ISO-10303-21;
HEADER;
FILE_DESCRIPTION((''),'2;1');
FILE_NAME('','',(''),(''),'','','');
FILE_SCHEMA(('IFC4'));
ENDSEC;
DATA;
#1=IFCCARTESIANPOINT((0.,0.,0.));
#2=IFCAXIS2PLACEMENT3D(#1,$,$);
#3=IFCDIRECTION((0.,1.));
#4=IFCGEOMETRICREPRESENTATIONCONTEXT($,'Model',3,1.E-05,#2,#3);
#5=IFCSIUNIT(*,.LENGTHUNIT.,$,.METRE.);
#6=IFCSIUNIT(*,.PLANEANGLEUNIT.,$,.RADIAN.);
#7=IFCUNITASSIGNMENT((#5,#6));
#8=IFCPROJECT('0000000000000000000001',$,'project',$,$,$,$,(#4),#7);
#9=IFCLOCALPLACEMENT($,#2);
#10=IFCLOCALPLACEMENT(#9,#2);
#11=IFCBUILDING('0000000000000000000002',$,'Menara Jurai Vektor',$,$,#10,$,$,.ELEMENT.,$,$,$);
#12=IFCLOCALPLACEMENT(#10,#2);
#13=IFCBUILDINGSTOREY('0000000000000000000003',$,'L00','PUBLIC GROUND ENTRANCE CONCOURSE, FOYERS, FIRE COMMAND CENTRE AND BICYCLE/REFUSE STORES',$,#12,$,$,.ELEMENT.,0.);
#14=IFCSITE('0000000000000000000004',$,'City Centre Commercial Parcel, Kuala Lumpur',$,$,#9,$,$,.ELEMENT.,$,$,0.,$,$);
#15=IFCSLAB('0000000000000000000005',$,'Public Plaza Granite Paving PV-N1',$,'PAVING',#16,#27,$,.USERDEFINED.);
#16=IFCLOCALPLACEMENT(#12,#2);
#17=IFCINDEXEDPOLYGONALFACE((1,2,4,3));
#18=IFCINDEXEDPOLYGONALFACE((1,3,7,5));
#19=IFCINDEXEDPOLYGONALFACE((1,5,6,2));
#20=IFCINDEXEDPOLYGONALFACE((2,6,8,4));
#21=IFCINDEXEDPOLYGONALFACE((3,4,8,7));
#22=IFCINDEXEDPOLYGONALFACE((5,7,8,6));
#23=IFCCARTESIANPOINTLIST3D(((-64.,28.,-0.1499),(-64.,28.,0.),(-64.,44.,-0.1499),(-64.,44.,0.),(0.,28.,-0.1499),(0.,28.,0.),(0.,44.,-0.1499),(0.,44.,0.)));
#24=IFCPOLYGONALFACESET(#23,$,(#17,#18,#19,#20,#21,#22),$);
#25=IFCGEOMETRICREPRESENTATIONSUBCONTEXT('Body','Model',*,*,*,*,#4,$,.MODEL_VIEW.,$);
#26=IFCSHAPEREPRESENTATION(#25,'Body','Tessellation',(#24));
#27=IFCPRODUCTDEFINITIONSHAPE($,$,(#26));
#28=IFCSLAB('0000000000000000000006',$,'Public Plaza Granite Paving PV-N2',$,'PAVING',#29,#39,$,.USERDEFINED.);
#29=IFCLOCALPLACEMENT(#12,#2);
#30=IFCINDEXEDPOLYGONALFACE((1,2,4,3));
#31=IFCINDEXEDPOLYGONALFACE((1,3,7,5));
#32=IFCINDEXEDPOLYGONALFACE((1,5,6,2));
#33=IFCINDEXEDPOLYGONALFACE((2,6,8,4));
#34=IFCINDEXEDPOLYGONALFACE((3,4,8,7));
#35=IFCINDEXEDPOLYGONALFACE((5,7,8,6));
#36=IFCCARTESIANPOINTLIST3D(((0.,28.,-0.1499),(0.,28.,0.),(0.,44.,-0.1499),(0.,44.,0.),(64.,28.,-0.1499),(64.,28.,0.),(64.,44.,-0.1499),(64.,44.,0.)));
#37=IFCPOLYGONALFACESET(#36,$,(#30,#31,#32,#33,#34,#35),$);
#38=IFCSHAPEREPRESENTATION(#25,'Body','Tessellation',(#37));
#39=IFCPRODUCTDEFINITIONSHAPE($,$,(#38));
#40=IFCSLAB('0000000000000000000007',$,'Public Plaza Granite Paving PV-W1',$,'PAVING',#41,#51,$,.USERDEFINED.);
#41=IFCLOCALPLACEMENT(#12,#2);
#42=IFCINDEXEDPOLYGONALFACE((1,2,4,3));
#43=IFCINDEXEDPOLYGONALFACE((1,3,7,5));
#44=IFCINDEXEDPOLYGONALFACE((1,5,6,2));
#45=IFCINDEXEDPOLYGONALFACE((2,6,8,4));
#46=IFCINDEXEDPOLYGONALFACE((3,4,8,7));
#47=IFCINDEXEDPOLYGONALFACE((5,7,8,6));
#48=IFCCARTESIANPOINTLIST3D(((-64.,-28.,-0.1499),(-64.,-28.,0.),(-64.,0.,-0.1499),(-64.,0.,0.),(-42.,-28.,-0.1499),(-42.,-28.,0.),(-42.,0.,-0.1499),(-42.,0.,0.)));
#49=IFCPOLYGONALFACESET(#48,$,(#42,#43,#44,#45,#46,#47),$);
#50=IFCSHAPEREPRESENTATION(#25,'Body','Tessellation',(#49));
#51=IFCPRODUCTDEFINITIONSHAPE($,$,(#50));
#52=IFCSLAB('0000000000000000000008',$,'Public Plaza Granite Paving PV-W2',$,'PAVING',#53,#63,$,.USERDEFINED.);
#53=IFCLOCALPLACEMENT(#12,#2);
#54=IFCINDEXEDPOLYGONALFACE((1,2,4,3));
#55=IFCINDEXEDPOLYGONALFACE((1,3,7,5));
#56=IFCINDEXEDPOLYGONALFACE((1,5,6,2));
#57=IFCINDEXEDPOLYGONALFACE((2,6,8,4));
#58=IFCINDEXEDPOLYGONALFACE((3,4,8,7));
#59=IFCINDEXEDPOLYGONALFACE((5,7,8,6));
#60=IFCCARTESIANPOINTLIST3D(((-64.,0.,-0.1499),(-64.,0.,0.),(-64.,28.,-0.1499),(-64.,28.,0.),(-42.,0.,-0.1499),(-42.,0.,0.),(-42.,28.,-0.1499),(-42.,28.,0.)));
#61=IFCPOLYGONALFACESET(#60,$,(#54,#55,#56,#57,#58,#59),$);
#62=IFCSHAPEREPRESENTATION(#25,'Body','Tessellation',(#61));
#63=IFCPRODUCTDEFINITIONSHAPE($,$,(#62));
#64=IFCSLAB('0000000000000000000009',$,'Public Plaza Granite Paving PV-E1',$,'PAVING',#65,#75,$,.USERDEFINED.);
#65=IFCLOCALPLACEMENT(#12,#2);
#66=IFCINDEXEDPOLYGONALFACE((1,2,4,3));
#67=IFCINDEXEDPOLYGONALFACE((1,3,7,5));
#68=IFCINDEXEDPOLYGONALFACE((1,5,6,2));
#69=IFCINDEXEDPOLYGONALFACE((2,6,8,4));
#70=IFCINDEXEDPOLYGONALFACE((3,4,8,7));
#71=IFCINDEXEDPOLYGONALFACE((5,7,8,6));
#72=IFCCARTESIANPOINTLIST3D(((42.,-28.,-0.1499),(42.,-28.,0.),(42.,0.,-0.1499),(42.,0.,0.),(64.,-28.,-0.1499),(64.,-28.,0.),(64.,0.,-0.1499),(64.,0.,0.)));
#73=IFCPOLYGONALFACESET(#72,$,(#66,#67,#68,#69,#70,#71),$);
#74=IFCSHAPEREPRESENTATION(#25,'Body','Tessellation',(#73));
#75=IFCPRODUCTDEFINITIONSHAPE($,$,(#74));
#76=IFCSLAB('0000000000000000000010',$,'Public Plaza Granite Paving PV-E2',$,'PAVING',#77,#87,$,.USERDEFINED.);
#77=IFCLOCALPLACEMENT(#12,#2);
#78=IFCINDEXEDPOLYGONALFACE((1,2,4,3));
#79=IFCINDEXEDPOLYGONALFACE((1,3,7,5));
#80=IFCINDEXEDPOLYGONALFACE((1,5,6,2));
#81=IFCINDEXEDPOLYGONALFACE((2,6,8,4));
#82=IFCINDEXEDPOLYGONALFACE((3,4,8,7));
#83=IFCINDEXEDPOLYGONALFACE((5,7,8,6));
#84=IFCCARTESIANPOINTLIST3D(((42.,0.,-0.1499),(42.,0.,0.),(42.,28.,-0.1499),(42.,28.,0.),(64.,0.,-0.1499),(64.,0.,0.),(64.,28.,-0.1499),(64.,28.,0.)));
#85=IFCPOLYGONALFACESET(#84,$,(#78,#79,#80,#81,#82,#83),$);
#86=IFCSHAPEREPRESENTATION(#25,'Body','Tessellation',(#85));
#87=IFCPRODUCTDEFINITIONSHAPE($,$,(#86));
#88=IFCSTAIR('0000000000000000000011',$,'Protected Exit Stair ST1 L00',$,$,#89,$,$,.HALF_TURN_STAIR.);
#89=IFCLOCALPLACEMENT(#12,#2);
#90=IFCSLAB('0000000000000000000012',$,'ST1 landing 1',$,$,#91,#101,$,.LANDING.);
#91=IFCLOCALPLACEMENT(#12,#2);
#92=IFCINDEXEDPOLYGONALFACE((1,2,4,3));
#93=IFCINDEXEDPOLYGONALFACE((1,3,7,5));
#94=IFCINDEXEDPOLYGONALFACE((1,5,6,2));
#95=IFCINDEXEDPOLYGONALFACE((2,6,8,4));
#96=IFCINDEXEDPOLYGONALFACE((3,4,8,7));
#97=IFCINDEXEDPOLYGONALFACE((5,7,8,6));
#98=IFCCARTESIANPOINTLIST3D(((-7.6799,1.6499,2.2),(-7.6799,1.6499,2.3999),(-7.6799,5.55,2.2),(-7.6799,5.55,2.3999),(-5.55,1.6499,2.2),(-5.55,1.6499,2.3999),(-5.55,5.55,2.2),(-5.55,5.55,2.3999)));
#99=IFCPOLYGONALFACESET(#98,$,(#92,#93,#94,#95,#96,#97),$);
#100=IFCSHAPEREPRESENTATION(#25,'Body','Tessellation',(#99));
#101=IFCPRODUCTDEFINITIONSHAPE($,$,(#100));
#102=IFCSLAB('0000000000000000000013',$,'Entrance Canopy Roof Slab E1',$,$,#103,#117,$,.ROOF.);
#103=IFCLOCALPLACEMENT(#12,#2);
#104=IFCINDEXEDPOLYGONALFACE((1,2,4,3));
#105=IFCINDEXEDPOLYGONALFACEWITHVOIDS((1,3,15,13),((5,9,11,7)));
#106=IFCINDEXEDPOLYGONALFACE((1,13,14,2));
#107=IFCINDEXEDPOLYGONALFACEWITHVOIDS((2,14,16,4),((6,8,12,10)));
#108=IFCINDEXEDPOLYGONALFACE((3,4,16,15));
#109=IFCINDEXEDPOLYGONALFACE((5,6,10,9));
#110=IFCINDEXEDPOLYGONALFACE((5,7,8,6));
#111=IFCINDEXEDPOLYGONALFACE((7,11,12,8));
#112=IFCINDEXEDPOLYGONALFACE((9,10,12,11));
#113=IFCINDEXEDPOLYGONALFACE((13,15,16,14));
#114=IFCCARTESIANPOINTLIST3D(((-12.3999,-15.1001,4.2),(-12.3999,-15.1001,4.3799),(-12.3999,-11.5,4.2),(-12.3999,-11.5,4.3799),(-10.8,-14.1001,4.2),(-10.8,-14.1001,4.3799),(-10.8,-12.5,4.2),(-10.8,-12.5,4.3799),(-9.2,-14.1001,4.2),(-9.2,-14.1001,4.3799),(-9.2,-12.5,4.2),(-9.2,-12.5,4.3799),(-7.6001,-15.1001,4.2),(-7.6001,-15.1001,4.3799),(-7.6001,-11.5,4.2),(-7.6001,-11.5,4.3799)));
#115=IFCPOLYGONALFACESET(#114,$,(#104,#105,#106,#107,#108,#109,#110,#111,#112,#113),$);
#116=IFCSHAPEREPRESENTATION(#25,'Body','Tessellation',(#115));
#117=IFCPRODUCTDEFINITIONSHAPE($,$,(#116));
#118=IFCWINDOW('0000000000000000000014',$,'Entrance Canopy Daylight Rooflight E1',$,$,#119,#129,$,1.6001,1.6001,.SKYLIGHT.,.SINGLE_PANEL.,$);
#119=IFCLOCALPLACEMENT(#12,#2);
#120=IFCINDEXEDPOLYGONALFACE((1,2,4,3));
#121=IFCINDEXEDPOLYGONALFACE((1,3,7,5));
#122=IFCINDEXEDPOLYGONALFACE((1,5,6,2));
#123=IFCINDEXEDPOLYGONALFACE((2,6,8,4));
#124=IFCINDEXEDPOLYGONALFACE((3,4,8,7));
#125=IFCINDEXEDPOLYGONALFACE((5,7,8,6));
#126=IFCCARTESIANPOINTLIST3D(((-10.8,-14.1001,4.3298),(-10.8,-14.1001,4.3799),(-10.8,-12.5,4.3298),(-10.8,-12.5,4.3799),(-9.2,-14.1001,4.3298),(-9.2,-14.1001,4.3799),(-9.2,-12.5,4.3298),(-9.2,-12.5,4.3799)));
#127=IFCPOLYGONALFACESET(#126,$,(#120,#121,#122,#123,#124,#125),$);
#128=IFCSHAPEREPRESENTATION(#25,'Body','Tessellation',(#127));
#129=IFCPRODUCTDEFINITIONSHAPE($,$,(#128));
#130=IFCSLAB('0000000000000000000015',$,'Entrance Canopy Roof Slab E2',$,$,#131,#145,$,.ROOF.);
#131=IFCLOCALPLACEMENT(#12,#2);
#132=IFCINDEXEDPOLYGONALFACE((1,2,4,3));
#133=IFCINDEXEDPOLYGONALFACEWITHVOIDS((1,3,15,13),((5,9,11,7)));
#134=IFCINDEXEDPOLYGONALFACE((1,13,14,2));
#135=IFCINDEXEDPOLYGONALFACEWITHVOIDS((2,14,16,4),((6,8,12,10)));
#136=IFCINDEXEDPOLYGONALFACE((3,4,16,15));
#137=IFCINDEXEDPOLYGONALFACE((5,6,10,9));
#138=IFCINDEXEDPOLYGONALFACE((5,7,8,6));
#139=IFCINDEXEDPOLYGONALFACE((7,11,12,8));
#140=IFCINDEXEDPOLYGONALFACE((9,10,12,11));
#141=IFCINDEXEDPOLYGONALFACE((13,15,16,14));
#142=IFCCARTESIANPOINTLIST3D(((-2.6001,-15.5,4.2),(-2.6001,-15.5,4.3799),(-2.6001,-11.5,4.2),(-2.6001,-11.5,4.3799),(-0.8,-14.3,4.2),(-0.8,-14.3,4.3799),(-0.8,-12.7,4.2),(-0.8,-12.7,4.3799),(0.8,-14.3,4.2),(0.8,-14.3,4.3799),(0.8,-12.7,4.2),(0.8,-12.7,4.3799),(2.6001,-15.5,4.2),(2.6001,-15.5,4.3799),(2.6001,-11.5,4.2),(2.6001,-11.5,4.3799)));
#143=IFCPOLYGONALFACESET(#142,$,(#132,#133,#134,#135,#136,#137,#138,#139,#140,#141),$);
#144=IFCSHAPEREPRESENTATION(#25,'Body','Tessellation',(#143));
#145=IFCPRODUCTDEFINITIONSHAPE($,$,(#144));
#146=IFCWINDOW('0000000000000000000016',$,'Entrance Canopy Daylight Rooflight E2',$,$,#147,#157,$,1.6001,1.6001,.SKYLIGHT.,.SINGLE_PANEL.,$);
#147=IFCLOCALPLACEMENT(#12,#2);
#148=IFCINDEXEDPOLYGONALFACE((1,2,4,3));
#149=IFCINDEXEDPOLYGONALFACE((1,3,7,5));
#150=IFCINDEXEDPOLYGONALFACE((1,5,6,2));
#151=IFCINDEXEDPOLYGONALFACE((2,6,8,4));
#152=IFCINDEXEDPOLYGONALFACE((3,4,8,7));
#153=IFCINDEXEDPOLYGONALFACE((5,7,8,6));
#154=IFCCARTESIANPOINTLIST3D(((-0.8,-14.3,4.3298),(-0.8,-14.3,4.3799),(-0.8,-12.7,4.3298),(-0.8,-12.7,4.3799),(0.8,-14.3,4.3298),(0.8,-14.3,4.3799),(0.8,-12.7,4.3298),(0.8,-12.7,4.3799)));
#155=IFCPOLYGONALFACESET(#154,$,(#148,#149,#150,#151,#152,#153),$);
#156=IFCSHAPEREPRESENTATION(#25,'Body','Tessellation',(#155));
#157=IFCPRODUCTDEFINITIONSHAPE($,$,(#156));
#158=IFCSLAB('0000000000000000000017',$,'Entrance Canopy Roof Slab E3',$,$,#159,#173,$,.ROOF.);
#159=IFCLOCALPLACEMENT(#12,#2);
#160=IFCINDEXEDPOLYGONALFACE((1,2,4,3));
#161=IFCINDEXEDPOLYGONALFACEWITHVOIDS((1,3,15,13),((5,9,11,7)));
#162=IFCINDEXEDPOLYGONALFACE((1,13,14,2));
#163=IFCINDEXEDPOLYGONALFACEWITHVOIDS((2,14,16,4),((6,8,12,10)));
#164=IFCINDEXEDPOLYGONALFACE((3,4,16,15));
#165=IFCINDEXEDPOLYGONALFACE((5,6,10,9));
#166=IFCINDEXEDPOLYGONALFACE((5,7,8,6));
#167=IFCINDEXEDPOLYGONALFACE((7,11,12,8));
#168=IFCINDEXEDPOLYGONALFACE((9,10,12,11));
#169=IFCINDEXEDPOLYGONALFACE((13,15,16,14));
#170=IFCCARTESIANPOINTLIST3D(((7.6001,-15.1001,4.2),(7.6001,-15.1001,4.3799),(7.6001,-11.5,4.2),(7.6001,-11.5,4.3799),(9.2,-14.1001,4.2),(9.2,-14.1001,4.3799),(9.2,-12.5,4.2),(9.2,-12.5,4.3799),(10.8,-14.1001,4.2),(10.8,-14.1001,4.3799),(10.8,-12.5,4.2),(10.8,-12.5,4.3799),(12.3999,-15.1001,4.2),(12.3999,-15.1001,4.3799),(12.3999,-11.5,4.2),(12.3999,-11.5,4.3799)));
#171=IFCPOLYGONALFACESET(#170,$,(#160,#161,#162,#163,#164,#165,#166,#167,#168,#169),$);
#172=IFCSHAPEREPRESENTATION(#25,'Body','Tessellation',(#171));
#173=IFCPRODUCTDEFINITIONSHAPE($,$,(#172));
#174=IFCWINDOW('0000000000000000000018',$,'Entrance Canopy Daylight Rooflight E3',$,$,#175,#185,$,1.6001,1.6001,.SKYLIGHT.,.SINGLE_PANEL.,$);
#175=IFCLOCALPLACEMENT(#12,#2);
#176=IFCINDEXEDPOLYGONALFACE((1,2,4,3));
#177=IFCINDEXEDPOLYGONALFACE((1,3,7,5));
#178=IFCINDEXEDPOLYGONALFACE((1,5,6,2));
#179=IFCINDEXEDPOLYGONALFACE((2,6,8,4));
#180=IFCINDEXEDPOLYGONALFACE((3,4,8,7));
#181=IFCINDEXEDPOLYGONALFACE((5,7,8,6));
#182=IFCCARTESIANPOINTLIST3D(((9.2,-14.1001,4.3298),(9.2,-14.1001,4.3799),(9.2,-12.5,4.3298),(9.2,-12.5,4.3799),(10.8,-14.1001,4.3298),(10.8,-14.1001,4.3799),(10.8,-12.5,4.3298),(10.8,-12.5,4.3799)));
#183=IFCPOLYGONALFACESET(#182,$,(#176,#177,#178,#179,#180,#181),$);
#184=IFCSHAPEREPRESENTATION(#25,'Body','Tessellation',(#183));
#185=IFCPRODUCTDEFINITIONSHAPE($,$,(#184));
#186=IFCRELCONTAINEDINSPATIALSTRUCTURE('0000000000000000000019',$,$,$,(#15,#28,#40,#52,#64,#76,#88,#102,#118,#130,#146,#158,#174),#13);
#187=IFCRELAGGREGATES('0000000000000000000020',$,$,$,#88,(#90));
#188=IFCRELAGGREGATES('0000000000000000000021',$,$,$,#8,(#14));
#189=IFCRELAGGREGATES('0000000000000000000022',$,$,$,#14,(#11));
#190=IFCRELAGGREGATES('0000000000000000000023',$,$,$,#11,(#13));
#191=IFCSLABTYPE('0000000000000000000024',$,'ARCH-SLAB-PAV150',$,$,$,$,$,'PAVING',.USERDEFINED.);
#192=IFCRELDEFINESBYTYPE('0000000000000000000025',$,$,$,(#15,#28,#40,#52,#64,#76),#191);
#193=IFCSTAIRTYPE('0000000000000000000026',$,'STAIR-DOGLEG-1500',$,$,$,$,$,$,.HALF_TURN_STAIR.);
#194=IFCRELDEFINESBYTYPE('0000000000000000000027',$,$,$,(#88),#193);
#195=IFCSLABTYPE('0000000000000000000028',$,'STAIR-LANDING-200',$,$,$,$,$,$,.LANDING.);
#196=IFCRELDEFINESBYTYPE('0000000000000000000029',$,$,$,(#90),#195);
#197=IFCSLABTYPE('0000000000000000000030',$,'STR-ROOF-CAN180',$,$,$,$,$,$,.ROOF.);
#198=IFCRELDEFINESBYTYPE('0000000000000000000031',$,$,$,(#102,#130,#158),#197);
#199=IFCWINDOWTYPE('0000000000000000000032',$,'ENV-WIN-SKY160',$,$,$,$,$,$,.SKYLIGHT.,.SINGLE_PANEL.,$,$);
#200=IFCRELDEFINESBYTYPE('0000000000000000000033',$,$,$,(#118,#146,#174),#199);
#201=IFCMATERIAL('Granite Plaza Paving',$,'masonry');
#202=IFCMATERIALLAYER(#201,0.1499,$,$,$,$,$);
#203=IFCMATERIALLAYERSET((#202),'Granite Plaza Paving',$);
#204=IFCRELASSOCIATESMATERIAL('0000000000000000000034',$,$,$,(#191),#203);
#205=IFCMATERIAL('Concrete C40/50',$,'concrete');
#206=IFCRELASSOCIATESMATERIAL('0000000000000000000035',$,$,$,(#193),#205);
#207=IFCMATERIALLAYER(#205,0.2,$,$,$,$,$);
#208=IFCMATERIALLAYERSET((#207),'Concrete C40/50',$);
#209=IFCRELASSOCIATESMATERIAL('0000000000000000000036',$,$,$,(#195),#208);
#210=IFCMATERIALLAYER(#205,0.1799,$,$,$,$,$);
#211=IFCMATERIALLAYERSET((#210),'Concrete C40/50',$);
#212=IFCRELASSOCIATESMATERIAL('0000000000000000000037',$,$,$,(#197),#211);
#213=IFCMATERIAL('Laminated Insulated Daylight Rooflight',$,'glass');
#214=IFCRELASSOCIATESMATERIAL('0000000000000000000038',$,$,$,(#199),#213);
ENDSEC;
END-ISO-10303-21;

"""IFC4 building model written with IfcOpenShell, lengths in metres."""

from ifc_helpers import new_model, si_unit, direction, frame, origin, origin_2d, place, context, subcontext, project, spatial, polyline, rectangle, outline, extrude, material, layer, layer_set, type_object, element, fill, aggregate, save


model = new_model("IFC4")

# Units and contexts
model_context = context("Model", 3, precision=1e-05, world=origin(), true_north=direction((0.0, 1.0)))
body_context = subcontext(model_context, "Body", "Model", "MODEL_VIEW")
ifc_project = project(units=[si_unit("LENGTHUNIT", "METRE"), si_unit("PLANEANGLEUNIT", "RADIAN")], contexts=[model_context])

# Site, building, storey
site_placement = place(None, origin())
site = spatial("IfcSite", under=ifc_project, at=site_placement, Name="City Centre Commercial Parcel, Kuala Lumpur", CompositionType="ELEMENT", RefElevation=0.0)
building_placement = place(site_placement, origin())
building = spatial("IfcBuilding", under=site, at=building_placement, Name="Menara Jurai Vektor", CompositionType="ELEMENT")
storey_placement = place(building_placement, origin())
storey = spatial("IfcBuildingStorey", under=building, at=storey_placement, Name="L00", Description="PUBLIC GROUND ENTRANCE CONCOURSE, FOYERS, FIRE COMMAND CENTRE AND BICYCLE/REFUSE STORES", CompositionType="ELEMENT", Elevation=0.0)

# Slabs
ifc_material_1 = material(Name="Granite Plaza Paving", Category="masonry")
ifc_layer_1 = layer(ifc_material_1, 0.1499)
ifc_layer_set_1 = layer_set([ifc_layer_1], Name="Granite Plaza Paving")
slab_type_1 = type_object("IfcSlabType", Name="ARCH-SLAB-PAV150", ElementType="PAVING", PredefinedType="USERDEFINED", material=ifc_layer_set_1)
slab_1_placement = place(storey_placement, frame((0.0, 0.0, -0.1499)))
element("IfcSlab", 1, at=slab_1_placement, inside=storey, type_object=slab_type_1, Name="Public Plaza Granite Paving PV-N1", ObjectType="PAVING", PredefinedType="USERDEFINED", context=body_context, shape_type="SweptSolid", body=[
    extrude(outline(polyline([(0.0, 28.0), (0.0, 44.0), (-64.0, 44.0), (-64.0, 28.0), (0.0, 28.0)])), origin(), (0.0, 0.0, 1.0), 0.1499),
])
slab_2_placement = place(storey_placement, frame((0.0, 0.0, -0.1499)))
element("IfcSlab", 2, at=slab_2_placement, inside=storey, type_object=slab_type_1, Name="Public Plaza Granite Paving PV-N2", ObjectType="PAVING", PredefinedType="USERDEFINED", context=body_context, shape_type="SweptSolid", body=[
    extrude(outline(polyline([(64.0, 28.0), (64.0, 44.0), (0.0, 44.0), (0.0, 28.0), (64.0, 28.0)])), origin(), (0.0, 0.0, 1.0), 0.1499),
])
slab_3_placement = place(storey_placement, frame((0.0, 0.0, -0.1499)))
element("IfcSlab", 3, at=slab_3_placement, inside=storey, type_object=slab_type_1, Name="Public Plaza Granite Paving PV-W1", ObjectType="PAVING", PredefinedType="USERDEFINED", context=body_context, shape_type="SweptSolid", body=[
    extrude(outline(polyline([(-42.0, -28.0), (-42.0, 0.0), (-64.0, 0.0), (-64.0, -28.0), (-42.0, -28.0)])), origin(), (0.0, 0.0, 1.0), 0.1499),
])
slab_4_placement = place(storey_placement, frame((0.0, 0.0, -0.1499)))
element("IfcSlab", 4, at=slab_4_placement, inside=storey, type_object=slab_type_1, Name="Public Plaza Granite Paving PV-W2", ObjectType="PAVING", PredefinedType="USERDEFINED", context=body_context, shape_type="SweptSolid", body=[
    extrude(outline(polyline([(-42.0, 0.0), (-42.0, 28.0), (-64.0, 28.0), (-64.0, 0.0), (-42.0, 0.0)])), origin(), (0.0, 0.0, 1.0), 0.1499),
])
slab_5_placement = place(storey_placement, frame((0.0, 0.0, -0.1499)))
element("IfcSlab", 5, at=slab_5_placement, inside=storey, type_object=slab_type_1, Name="Public Plaza Granite Paving PV-E1", ObjectType="PAVING", PredefinedType="USERDEFINED", context=body_context, shape_type="SweptSolid", body=[
    extrude(outline(polyline([(64.0, -28.0), (64.0, 0.0), (42.0, 0.0), (42.0, -28.0), (64.0, -28.0)])), origin(), (0.0, 0.0, 1.0), 0.1499),
])
slab_6_placement = place(storey_placement, frame((0.0, 0.0, -0.1499)))
element("IfcSlab", 6, at=slab_6_placement, inside=storey, type_object=slab_type_1, Name="Public Plaza Granite Paving PV-E2", ObjectType="PAVING", PredefinedType="USERDEFINED", context=body_context, shape_type="SweptSolid", body=[
    extrude(outline(polyline([(64.0, 0.0), (64.0, 28.0), (42.0, 28.0), (42.0, 0.0), (64.0, 0.0)])), origin(), (0.0, 0.0, 1.0), 0.1499),
])

# Stair, slab
ifc_material_2 = material(Name="Concrete C40/50", Category="concrete")
stair_type = type_object("IfcStairType", Name="STAIR-DOGLEG-1500", PredefinedType="HALF_TURN_STAIR", material=ifc_material_2)
stair_placement = place(storey_placement, origin())
stair = element("IfcStair", 7, at=stair_placement, inside=storey, type_object=stair_type, Name="Protected Exit Stair ST1 L00", PredefinedType="HALF_TURN_STAIR")
ifc_layer_2 = layer(ifc_material_2, 0.2)
ifc_layer_set_2 = layer_set([ifc_layer_2], Name="Concrete C40/50")
slab_type_2 = type_object("IfcSlabType", Name="STAIR-LANDING-200", PredefinedType="LANDING", material=ifc_layer_set_2)
slab_7_placement = place(storey_placement, frame((0.0, 0.0, 2.2)))
slab_7 = element("IfcSlab", 8, at=slab_7_placement, type_object=slab_type_2, Name="ST1 landing 1", PredefinedType="LANDING", context=body_context, shape_type="SweptSolid", body=[
    extrude(outline(polyline([(-7.6799, 1.6499), (-5.55, 1.6499), (-5.55, 5.55), (-7.6799, 5.55), (-7.6799, 1.6499)])), origin(), (0.0, 0.0, 1.0), 0.2),
])
aggregate(stair, [slab_7])

# Slabs, openings, windows
ifc_layer_3 = layer(ifc_material_2, 0.1799)
ifc_layer_set_3 = layer_set([ifc_layer_3], Name="Concrete C40/50")
slab_type_3 = type_object("IfcSlabType", Name="STR-ROOF-CAN180", PredefinedType="ROOF", material=ifc_layer_set_3)
slab_8_placement = place(storey_placement, frame((0.0, 0.0, 4.2)))
slab_8 = element("IfcSlab", 9, at=slab_8_placement, inside=storey, type_object=slab_type_3, Name="Entrance Canopy Roof Slab E1", PredefinedType="ROOF", context=body_context, shape_type="SweptSolid", body=[
    extrude(outline(polyline([(-7.6001, -15.1001), (-7.6001, -11.5), (-12.3999, -11.5), (-12.3999, -15.1001), (-7.6001, -15.1001)])), origin(), (0.0, 0.0, 1.0), 0.1799),
])
opening_1_placement = place(slab_8_placement, frame((-10.0, -13.3, 0.0)))
opening_1 = element("IfcOpeningElement", 10, at=opening_1_placement, cuts=slab_8, PredefinedType="OPENING", context=body_context, shape_type="SweptSolid", body=[
    extrude(rectangle(XDim=1.6001, YDim=1.6001, at=origin_2d()), frame((0.0, 0.0, -0.01)), (0.0, 0.0, 1.0), 0.2),
])
ifc_material_3 = material(Name="Laminated Insulated Daylight Rooflight", Category="glass")
window_type = type_object("IfcWindowType", Name="ENV-WIN-SKY160", PartitioningType="SINGLE_PANEL", PredefinedType="SKYLIGHT", material=ifc_material_3)
window_1_placement = place(opening_1_placement, frame((0.0, 0.0, 0.1299)))
window_1 = element("IfcWindow", 11, at=window_1_placement, inside=storey, type_object=window_type, Name="Entrance Canopy Daylight Rooflight E1", OverallHeight=1.6001, OverallWidth=1.6001, PartitioningType="SINGLE_PANEL", PredefinedType="SKYLIGHT", context=body_context, shape_type="SweptSolid", body=[
    extrude(rectangle(XDim=1.6001, YDim=1.6001, at=origin_2d()), origin(), (0.0, 0.0, 1.0), 0.05),
])
fill(opening_1, window_1)
slab_9_placement = place(storey_placement, frame((0.0, 0.0, 4.2)))
slab_9 = element("IfcSlab", 12, at=slab_9_placement, inside=storey, type_object=slab_type_3, Name="Entrance Canopy Roof Slab E2", PredefinedType="ROOF", context=body_context, shape_type="SweptSolid", body=[
    extrude(outline(polyline([(2.6001, -15.5), (2.6001, -11.5), (-2.6001, -11.5), (-2.6001, -15.5), (2.6001, -15.5)])), origin(), (0.0, 0.0, 1.0), 0.1799),
])
opening_2_placement = place(slab_9_placement, frame((0.0, -13.5, 0.0)))
opening_2 = element("IfcOpeningElement", 13, at=opening_2_placement, cuts=slab_9, PredefinedType="OPENING", context=body_context, shape_type="SweptSolid", body=[
    extrude(rectangle(XDim=1.6001, YDim=1.6001, at=origin_2d()), frame((0.0, 0.0, -0.01)), (0.0, 0.0, 1.0), 0.2),
])
window_2_placement = place(opening_2_placement, frame((0.0, 0.0, 0.1299)))
window_2 = element("IfcWindow", 14, at=window_2_placement, inside=storey, type_object=window_type, Name="Entrance Canopy Daylight Rooflight E2", OverallHeight=1.6001, OverallWidth=1.6001, PartitioningType="SINGLE_PANEL", PredefinedType="SKYLIGHT", context=body_context, shape_type="SweptSolid", body=[
    extrude(rectangle(XDim=1.6001, YDim=1.6001, at=origin_2d()), origin(), (0.0, 0.0, 1.0), 0.05),
])
fill(opening_2, window_2)
slab_10_placement = place(storey_placement, frame((0.0, 0.0, 4.2)))
slab_10 = element("IfcSlab", 15, at=slab_10_placement, inside=storey, type_object=slab_type_3, Name="Entrance Canopy Roof Slab E3", PredefinedType="ROOF", context=body_context, shape_type="SweptSolid", body=[
    extrude(outline(polyline([(12.3999, -15.1001), (12.3999, -11.5), (7.6001, -11.5), (7.6001, -15.1001), (12.3999, -15.1001)])), origin(), (0.0, 0.0, 1.0), 0.1799),
])
opening_3_placement = place(slab_10_placement, frame((10.0, -13.3, 0.0)))
opening_3 = element("IfcOpeningElement", 16, at=opening_3_placement, cuts=slab_10, PredefinedType="OPENING", context=body_context, shape_type="SweptSolid", body=[
    extrude(rectangle(XDim=1.6001, YDim=1.6001, at=origin_2d()), frame((0.0, 0.0, -0.01)), (0.0, 0.0, 1.0), 0.2),
])
window_3_placement = place(opening_3_placement, frame((0.0, 0.0, 0.1299)))
window_3 = element("IfcWindow", 17, at=window_3_placement, inside=storey, type_object=window_type, Name="Entrance Canopy Daylight Rooflight E3", OverallHeight=1.6001, OverallWidth=1.6001, PartitioningType="SINGLE_PANEL", PredefinedType="SKYLIGHT", context=body_context, shape_type="SweptSolid", body=[
    extrude(rectangle(XDim=1.6001, YDim=1.6001, at=origin_2d()), origin(), (0.0, 0.0, 1.0), 0.05),
])
fill(opening_3, window_3)

save(model, "model.ifc")
